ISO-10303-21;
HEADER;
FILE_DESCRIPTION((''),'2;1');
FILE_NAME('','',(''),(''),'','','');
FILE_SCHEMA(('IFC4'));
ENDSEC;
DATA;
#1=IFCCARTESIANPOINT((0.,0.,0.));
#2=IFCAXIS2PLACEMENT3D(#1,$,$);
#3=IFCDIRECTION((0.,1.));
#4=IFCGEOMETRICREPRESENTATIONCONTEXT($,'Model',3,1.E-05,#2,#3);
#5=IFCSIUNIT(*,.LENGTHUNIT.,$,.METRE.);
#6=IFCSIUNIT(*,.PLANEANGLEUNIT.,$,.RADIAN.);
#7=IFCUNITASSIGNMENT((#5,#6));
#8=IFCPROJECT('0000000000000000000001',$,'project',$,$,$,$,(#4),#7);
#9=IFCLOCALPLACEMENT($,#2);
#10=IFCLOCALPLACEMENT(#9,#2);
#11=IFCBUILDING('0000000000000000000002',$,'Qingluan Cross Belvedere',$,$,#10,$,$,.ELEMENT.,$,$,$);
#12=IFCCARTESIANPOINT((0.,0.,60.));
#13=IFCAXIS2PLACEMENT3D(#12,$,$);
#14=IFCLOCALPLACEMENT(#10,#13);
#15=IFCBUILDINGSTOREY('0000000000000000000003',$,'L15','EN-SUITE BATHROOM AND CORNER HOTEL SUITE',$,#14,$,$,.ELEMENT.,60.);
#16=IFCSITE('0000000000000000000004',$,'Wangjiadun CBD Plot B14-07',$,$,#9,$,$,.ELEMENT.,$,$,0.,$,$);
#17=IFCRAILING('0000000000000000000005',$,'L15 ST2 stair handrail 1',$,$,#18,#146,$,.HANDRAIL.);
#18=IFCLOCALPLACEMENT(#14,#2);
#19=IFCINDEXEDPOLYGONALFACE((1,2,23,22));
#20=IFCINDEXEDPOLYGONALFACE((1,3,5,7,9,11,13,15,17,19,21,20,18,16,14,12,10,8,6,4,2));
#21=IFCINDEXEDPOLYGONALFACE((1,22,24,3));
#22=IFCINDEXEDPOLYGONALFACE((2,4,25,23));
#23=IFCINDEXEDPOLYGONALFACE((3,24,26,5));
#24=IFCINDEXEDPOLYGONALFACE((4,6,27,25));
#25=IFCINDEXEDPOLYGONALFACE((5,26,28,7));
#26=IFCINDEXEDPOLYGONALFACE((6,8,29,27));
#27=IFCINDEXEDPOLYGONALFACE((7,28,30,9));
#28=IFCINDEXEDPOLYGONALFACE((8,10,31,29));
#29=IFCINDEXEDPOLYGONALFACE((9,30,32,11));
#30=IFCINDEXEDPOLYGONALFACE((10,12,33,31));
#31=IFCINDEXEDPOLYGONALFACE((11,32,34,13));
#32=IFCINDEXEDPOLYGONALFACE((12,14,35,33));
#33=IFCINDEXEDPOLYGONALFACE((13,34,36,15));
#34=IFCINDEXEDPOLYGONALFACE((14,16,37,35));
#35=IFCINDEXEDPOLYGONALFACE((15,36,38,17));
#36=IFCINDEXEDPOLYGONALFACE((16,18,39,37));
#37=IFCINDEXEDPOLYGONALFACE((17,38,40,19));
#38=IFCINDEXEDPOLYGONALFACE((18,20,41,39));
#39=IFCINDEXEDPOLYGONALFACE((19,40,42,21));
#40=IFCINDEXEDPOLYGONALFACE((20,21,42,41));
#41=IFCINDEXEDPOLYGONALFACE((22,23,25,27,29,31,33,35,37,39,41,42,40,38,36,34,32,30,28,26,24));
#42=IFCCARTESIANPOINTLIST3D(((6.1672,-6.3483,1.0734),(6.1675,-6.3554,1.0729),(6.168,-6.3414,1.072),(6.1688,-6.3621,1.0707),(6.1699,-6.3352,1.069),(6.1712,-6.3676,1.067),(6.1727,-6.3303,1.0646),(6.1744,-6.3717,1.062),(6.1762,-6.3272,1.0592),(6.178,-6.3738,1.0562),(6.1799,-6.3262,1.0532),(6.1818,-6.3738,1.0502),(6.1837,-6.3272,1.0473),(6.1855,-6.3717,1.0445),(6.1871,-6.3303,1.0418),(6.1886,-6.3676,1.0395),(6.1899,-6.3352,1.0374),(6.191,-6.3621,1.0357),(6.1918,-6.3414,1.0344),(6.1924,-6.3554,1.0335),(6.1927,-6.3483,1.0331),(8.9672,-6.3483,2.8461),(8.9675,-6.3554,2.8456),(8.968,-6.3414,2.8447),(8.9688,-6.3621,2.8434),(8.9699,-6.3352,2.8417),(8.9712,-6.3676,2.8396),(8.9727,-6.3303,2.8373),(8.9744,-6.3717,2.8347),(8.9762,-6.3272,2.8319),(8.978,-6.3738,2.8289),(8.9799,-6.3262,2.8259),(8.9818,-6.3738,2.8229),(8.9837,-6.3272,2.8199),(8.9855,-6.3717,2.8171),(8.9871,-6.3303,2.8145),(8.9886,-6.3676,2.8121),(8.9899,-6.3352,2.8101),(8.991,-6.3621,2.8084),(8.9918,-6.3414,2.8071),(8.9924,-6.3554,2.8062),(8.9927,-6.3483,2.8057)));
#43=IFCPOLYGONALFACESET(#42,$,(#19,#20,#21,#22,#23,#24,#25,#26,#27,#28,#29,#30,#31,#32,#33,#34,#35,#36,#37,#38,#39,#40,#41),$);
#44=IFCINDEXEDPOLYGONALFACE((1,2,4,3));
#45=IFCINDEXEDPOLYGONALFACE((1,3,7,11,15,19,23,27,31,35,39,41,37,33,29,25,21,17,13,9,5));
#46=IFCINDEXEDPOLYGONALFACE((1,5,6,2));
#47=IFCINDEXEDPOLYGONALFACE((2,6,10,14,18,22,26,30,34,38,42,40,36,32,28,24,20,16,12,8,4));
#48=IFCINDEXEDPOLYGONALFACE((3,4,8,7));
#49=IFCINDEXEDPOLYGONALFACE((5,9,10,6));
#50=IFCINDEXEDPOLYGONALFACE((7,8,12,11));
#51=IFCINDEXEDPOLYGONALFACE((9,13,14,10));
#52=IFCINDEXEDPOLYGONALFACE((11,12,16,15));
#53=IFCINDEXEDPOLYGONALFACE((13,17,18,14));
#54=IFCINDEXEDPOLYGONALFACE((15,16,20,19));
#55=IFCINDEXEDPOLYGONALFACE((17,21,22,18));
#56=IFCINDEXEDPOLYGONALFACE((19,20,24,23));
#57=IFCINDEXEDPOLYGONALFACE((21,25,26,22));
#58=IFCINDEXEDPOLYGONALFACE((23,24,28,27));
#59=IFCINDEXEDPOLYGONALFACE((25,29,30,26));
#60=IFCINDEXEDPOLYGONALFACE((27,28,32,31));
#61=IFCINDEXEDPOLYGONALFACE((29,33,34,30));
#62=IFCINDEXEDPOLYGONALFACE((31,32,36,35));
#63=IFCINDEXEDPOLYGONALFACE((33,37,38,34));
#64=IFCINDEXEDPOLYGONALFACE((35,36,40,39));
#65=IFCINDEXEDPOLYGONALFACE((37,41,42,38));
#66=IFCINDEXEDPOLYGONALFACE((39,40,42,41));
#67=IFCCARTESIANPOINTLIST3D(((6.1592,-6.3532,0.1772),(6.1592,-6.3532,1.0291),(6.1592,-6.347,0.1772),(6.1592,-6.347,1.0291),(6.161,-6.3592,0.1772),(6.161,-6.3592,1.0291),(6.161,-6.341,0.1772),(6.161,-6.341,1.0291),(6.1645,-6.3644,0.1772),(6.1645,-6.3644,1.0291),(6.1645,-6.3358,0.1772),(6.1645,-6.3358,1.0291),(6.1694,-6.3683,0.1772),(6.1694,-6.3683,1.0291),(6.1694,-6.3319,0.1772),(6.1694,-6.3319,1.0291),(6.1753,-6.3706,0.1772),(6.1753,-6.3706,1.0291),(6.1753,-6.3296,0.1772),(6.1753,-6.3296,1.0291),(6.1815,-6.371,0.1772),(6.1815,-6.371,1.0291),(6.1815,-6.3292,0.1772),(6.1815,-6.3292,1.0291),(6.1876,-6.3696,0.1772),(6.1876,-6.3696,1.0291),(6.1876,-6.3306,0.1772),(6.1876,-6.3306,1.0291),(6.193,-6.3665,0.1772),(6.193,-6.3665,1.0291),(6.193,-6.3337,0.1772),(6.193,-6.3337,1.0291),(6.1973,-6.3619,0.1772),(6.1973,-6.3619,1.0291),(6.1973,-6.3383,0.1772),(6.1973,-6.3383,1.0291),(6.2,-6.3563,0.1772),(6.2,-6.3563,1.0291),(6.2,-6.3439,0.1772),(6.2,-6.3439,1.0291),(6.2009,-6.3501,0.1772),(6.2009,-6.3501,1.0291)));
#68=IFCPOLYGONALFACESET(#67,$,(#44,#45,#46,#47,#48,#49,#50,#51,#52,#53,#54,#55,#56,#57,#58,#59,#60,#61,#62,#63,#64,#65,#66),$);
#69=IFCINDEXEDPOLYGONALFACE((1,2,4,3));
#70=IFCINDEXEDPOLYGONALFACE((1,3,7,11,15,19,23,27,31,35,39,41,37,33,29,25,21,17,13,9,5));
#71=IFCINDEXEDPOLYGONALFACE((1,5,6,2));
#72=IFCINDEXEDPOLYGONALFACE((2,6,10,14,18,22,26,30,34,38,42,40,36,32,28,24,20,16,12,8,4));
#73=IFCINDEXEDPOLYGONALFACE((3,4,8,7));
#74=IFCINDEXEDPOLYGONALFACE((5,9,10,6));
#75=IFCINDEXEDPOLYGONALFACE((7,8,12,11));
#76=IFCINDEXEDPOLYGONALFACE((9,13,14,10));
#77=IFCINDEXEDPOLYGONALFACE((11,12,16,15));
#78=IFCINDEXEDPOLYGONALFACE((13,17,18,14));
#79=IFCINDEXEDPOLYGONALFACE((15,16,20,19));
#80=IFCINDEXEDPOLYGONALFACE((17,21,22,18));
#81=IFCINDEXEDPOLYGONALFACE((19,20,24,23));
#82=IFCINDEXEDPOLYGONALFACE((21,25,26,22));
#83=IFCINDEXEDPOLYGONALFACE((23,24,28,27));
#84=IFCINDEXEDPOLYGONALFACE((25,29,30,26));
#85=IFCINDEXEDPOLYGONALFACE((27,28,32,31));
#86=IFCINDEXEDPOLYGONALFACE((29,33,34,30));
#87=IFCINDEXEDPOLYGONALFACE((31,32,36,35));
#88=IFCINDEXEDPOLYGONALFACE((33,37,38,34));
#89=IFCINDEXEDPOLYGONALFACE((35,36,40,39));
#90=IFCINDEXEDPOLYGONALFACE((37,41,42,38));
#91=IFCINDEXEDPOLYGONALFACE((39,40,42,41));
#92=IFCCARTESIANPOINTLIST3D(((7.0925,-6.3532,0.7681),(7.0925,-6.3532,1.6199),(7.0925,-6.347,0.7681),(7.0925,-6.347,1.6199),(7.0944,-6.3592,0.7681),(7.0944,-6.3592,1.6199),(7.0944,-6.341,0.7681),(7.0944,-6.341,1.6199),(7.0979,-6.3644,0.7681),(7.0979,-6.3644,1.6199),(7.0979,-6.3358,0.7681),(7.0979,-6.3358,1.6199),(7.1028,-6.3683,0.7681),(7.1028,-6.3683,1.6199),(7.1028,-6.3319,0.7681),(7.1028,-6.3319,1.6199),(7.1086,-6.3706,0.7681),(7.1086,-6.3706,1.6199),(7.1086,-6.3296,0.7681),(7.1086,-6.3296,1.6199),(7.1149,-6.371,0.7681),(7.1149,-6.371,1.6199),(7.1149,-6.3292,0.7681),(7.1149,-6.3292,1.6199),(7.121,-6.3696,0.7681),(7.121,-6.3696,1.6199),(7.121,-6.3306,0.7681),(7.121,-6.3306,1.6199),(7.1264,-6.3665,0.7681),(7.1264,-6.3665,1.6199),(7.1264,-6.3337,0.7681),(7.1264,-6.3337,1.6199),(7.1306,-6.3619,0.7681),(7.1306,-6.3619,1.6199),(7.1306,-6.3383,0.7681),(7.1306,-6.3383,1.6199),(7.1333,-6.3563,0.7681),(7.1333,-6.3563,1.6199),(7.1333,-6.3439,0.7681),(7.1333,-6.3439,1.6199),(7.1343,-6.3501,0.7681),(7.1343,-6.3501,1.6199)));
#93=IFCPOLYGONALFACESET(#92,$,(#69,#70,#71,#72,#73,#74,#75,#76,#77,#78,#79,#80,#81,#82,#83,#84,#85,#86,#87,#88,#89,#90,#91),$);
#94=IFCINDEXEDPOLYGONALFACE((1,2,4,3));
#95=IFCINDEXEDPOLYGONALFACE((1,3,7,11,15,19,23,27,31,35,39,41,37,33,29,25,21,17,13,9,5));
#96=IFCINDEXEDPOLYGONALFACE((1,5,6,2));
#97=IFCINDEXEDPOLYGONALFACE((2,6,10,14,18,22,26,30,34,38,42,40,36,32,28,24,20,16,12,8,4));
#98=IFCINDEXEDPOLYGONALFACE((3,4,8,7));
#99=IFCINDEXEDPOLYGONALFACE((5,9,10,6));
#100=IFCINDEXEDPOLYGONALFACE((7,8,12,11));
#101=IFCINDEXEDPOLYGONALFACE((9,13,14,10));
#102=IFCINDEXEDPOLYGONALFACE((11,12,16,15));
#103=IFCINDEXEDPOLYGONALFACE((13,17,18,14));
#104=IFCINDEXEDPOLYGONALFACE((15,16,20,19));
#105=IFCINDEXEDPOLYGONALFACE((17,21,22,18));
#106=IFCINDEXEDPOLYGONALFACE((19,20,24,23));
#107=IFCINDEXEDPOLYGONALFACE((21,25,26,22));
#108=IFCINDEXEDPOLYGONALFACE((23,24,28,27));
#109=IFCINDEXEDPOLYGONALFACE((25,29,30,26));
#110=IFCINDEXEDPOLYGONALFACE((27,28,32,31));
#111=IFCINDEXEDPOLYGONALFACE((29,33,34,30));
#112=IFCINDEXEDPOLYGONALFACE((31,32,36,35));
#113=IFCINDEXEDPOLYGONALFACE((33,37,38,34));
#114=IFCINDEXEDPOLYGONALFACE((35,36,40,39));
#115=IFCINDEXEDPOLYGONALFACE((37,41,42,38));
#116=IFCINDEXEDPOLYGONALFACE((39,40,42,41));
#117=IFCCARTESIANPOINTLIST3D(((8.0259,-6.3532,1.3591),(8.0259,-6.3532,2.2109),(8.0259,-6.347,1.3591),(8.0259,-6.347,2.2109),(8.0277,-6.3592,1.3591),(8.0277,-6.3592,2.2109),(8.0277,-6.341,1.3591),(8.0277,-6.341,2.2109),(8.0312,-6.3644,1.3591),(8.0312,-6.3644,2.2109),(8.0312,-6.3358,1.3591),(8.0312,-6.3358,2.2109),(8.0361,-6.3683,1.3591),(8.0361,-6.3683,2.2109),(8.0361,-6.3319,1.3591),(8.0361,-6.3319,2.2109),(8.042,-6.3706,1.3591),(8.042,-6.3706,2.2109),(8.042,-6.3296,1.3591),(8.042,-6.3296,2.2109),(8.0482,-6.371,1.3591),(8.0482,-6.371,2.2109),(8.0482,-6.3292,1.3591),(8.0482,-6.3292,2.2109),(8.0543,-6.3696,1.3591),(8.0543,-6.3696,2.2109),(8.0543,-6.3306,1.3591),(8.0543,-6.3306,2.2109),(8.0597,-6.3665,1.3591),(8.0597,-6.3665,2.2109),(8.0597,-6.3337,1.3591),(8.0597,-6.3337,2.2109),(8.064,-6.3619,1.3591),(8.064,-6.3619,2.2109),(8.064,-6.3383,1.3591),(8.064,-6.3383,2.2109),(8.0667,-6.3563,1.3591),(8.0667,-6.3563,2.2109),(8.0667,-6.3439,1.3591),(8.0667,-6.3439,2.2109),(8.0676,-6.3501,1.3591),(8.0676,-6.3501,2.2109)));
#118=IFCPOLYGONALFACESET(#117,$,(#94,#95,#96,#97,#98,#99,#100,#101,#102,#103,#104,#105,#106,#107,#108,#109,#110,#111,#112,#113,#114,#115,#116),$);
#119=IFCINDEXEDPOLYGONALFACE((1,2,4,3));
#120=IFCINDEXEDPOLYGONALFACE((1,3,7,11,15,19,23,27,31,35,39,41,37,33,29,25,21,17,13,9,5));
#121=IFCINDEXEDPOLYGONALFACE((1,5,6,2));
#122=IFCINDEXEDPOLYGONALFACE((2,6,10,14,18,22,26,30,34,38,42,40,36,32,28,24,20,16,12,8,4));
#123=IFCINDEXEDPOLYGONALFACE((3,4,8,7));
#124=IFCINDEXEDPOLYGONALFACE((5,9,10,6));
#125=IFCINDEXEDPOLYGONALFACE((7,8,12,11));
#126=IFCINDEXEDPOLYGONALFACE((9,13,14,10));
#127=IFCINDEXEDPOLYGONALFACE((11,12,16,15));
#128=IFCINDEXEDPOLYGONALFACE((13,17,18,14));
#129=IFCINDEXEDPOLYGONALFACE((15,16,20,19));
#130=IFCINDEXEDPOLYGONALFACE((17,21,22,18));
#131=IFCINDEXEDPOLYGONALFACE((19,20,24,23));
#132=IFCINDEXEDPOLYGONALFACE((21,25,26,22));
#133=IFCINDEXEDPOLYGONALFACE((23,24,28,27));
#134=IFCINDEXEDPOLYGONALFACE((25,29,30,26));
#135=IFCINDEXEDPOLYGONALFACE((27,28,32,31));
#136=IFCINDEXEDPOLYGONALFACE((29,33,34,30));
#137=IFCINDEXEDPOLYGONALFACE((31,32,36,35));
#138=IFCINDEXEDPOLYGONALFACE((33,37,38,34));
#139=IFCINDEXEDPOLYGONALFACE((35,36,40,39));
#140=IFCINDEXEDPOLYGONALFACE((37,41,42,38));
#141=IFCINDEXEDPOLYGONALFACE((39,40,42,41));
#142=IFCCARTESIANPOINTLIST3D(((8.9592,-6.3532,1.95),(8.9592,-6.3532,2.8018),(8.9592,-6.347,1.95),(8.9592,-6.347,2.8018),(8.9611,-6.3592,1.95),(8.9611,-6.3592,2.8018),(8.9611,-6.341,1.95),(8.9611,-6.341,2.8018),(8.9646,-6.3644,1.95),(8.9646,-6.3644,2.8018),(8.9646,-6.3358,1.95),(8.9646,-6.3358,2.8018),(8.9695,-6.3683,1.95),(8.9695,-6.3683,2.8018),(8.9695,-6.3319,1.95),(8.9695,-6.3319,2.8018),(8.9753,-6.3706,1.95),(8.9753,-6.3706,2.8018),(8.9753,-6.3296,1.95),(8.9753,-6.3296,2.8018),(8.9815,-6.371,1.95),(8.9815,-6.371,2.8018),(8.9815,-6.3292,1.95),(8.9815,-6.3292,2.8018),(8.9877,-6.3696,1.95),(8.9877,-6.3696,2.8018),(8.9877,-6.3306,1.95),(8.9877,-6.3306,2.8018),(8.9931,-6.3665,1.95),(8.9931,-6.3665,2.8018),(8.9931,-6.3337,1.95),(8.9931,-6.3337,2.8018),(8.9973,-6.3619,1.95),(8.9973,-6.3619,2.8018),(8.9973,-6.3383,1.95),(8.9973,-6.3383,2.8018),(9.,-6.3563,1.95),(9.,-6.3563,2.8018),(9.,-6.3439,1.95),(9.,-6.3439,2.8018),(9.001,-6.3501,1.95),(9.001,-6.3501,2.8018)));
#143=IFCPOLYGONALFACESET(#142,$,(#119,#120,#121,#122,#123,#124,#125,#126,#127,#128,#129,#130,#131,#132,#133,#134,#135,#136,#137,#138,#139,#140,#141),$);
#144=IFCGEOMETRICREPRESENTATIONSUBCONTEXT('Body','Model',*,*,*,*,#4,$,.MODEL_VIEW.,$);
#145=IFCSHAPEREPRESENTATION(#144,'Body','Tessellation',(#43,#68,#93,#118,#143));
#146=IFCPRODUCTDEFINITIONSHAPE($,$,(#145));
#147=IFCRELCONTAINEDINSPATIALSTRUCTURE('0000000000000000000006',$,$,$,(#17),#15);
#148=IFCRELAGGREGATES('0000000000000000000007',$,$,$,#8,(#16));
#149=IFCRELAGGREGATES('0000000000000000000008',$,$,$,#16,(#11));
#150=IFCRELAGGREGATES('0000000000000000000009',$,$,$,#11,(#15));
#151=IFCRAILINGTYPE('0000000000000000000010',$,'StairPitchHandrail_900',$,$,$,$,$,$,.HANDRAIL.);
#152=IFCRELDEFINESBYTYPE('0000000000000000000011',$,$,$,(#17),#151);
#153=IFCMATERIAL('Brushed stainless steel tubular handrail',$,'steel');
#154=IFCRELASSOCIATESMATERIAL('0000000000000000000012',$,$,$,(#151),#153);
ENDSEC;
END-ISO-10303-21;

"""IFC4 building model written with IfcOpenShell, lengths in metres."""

from ifc_helpers import new_model, si_unit, direction, frame, origin, origin_2d, place, context, subcontext, project, spatial, circle, extrude, material, type_object, element, save


model = new_model("IFC4")

# Units and contexts
model_context = context("Model", 3, precision=1e-05, world=origin(), true_north=direction((0.0, 1.0)))
body_context = subcontext(model_context, "Body", "Model", "MODEL_VIEW")
ifc_project = project(units=[si_unit("LENGTHUNIT", "METRE"), si_unit("PLANEANGLEUNIT", "RADIAN")], contexts=[model_context])

# Site, building, storey
site_placement = place(None, origin())
site = spatial("IfcSite", under=ifc_project, at=site_placement, Name="Wangjiadun CBD Plot B14-07", CompositionType="ELEMENT", RefElevation=0.0)
building_placement = place(site_placement, origin())
building = spatial("IfcBuilding", under=site, at=building_placement, Name="Qingluan Cross Belvedere", CompositionType="ELEMENT")
storey_placement = place(building_placement, frame((0.0, 0.0, 60.0)))
storey = spatial("IfcBuildingStorey", under=building, at=storey_placement, Name="L15", Description="EN-SUITE BATHROOM AND CORNER HOTEL SUITE", CompositionType="ELEMENT", Elevation=60.0)

# Railing
ifc_material_1 = material(Name="Brushed stainless steel tubular handrail", Category="steel")
railing_type_1 = type_object("IfcRailingType", Name="StairPitchHandrail_900", PredefinedType="HANDRAIL", material=ifc_material_1)
for number, where, name in (
    (1, (6.1799, -6.3501, 0.1772), "L15 ST2 stair handrail 1"),
):
    element("IfcRailing", number, at=place(storey_placement, frame(where)), inside=storey, type_object=railing_type_1, Name=name, PredefinedType="HANDRAIL", context=body_context, shape_type="SweptSolid", body=[
        extrude(circle(Radius=0.0239, at=origin_2d()), frame((0.0, 0.0, 0.876), z_axis=(0.844909, 0.0, 0.53491), x_axis=(0.0, 1.0, 0.0)), (0.0, 0.0, 1.0), 3.314),
        extrude(circle(Radius=0.021, at=origin_2d()), origin(), (0.0, 0.0, 1.0), 0.8518),
        extrude(circle(Radius=0.021, at=origin_2d()), frame((0.9333, 0.0, 0.5908)), (0.0, 0.0, 1.0), 0.8518),
        extrude(circle(Radius=0.021, at=origin_2d()), frame((1.8667, 0.0, 1.1819)), (0.0, 0.0, 1.0), 0.8518),
        extrude(circle(Radius=0.021, at=origin_2d()), frame((2.8, 0.0, 1.7727)), (0.0, 0.0, 1.0), 0.8518),
    ])

save(model, "model.ifc")
